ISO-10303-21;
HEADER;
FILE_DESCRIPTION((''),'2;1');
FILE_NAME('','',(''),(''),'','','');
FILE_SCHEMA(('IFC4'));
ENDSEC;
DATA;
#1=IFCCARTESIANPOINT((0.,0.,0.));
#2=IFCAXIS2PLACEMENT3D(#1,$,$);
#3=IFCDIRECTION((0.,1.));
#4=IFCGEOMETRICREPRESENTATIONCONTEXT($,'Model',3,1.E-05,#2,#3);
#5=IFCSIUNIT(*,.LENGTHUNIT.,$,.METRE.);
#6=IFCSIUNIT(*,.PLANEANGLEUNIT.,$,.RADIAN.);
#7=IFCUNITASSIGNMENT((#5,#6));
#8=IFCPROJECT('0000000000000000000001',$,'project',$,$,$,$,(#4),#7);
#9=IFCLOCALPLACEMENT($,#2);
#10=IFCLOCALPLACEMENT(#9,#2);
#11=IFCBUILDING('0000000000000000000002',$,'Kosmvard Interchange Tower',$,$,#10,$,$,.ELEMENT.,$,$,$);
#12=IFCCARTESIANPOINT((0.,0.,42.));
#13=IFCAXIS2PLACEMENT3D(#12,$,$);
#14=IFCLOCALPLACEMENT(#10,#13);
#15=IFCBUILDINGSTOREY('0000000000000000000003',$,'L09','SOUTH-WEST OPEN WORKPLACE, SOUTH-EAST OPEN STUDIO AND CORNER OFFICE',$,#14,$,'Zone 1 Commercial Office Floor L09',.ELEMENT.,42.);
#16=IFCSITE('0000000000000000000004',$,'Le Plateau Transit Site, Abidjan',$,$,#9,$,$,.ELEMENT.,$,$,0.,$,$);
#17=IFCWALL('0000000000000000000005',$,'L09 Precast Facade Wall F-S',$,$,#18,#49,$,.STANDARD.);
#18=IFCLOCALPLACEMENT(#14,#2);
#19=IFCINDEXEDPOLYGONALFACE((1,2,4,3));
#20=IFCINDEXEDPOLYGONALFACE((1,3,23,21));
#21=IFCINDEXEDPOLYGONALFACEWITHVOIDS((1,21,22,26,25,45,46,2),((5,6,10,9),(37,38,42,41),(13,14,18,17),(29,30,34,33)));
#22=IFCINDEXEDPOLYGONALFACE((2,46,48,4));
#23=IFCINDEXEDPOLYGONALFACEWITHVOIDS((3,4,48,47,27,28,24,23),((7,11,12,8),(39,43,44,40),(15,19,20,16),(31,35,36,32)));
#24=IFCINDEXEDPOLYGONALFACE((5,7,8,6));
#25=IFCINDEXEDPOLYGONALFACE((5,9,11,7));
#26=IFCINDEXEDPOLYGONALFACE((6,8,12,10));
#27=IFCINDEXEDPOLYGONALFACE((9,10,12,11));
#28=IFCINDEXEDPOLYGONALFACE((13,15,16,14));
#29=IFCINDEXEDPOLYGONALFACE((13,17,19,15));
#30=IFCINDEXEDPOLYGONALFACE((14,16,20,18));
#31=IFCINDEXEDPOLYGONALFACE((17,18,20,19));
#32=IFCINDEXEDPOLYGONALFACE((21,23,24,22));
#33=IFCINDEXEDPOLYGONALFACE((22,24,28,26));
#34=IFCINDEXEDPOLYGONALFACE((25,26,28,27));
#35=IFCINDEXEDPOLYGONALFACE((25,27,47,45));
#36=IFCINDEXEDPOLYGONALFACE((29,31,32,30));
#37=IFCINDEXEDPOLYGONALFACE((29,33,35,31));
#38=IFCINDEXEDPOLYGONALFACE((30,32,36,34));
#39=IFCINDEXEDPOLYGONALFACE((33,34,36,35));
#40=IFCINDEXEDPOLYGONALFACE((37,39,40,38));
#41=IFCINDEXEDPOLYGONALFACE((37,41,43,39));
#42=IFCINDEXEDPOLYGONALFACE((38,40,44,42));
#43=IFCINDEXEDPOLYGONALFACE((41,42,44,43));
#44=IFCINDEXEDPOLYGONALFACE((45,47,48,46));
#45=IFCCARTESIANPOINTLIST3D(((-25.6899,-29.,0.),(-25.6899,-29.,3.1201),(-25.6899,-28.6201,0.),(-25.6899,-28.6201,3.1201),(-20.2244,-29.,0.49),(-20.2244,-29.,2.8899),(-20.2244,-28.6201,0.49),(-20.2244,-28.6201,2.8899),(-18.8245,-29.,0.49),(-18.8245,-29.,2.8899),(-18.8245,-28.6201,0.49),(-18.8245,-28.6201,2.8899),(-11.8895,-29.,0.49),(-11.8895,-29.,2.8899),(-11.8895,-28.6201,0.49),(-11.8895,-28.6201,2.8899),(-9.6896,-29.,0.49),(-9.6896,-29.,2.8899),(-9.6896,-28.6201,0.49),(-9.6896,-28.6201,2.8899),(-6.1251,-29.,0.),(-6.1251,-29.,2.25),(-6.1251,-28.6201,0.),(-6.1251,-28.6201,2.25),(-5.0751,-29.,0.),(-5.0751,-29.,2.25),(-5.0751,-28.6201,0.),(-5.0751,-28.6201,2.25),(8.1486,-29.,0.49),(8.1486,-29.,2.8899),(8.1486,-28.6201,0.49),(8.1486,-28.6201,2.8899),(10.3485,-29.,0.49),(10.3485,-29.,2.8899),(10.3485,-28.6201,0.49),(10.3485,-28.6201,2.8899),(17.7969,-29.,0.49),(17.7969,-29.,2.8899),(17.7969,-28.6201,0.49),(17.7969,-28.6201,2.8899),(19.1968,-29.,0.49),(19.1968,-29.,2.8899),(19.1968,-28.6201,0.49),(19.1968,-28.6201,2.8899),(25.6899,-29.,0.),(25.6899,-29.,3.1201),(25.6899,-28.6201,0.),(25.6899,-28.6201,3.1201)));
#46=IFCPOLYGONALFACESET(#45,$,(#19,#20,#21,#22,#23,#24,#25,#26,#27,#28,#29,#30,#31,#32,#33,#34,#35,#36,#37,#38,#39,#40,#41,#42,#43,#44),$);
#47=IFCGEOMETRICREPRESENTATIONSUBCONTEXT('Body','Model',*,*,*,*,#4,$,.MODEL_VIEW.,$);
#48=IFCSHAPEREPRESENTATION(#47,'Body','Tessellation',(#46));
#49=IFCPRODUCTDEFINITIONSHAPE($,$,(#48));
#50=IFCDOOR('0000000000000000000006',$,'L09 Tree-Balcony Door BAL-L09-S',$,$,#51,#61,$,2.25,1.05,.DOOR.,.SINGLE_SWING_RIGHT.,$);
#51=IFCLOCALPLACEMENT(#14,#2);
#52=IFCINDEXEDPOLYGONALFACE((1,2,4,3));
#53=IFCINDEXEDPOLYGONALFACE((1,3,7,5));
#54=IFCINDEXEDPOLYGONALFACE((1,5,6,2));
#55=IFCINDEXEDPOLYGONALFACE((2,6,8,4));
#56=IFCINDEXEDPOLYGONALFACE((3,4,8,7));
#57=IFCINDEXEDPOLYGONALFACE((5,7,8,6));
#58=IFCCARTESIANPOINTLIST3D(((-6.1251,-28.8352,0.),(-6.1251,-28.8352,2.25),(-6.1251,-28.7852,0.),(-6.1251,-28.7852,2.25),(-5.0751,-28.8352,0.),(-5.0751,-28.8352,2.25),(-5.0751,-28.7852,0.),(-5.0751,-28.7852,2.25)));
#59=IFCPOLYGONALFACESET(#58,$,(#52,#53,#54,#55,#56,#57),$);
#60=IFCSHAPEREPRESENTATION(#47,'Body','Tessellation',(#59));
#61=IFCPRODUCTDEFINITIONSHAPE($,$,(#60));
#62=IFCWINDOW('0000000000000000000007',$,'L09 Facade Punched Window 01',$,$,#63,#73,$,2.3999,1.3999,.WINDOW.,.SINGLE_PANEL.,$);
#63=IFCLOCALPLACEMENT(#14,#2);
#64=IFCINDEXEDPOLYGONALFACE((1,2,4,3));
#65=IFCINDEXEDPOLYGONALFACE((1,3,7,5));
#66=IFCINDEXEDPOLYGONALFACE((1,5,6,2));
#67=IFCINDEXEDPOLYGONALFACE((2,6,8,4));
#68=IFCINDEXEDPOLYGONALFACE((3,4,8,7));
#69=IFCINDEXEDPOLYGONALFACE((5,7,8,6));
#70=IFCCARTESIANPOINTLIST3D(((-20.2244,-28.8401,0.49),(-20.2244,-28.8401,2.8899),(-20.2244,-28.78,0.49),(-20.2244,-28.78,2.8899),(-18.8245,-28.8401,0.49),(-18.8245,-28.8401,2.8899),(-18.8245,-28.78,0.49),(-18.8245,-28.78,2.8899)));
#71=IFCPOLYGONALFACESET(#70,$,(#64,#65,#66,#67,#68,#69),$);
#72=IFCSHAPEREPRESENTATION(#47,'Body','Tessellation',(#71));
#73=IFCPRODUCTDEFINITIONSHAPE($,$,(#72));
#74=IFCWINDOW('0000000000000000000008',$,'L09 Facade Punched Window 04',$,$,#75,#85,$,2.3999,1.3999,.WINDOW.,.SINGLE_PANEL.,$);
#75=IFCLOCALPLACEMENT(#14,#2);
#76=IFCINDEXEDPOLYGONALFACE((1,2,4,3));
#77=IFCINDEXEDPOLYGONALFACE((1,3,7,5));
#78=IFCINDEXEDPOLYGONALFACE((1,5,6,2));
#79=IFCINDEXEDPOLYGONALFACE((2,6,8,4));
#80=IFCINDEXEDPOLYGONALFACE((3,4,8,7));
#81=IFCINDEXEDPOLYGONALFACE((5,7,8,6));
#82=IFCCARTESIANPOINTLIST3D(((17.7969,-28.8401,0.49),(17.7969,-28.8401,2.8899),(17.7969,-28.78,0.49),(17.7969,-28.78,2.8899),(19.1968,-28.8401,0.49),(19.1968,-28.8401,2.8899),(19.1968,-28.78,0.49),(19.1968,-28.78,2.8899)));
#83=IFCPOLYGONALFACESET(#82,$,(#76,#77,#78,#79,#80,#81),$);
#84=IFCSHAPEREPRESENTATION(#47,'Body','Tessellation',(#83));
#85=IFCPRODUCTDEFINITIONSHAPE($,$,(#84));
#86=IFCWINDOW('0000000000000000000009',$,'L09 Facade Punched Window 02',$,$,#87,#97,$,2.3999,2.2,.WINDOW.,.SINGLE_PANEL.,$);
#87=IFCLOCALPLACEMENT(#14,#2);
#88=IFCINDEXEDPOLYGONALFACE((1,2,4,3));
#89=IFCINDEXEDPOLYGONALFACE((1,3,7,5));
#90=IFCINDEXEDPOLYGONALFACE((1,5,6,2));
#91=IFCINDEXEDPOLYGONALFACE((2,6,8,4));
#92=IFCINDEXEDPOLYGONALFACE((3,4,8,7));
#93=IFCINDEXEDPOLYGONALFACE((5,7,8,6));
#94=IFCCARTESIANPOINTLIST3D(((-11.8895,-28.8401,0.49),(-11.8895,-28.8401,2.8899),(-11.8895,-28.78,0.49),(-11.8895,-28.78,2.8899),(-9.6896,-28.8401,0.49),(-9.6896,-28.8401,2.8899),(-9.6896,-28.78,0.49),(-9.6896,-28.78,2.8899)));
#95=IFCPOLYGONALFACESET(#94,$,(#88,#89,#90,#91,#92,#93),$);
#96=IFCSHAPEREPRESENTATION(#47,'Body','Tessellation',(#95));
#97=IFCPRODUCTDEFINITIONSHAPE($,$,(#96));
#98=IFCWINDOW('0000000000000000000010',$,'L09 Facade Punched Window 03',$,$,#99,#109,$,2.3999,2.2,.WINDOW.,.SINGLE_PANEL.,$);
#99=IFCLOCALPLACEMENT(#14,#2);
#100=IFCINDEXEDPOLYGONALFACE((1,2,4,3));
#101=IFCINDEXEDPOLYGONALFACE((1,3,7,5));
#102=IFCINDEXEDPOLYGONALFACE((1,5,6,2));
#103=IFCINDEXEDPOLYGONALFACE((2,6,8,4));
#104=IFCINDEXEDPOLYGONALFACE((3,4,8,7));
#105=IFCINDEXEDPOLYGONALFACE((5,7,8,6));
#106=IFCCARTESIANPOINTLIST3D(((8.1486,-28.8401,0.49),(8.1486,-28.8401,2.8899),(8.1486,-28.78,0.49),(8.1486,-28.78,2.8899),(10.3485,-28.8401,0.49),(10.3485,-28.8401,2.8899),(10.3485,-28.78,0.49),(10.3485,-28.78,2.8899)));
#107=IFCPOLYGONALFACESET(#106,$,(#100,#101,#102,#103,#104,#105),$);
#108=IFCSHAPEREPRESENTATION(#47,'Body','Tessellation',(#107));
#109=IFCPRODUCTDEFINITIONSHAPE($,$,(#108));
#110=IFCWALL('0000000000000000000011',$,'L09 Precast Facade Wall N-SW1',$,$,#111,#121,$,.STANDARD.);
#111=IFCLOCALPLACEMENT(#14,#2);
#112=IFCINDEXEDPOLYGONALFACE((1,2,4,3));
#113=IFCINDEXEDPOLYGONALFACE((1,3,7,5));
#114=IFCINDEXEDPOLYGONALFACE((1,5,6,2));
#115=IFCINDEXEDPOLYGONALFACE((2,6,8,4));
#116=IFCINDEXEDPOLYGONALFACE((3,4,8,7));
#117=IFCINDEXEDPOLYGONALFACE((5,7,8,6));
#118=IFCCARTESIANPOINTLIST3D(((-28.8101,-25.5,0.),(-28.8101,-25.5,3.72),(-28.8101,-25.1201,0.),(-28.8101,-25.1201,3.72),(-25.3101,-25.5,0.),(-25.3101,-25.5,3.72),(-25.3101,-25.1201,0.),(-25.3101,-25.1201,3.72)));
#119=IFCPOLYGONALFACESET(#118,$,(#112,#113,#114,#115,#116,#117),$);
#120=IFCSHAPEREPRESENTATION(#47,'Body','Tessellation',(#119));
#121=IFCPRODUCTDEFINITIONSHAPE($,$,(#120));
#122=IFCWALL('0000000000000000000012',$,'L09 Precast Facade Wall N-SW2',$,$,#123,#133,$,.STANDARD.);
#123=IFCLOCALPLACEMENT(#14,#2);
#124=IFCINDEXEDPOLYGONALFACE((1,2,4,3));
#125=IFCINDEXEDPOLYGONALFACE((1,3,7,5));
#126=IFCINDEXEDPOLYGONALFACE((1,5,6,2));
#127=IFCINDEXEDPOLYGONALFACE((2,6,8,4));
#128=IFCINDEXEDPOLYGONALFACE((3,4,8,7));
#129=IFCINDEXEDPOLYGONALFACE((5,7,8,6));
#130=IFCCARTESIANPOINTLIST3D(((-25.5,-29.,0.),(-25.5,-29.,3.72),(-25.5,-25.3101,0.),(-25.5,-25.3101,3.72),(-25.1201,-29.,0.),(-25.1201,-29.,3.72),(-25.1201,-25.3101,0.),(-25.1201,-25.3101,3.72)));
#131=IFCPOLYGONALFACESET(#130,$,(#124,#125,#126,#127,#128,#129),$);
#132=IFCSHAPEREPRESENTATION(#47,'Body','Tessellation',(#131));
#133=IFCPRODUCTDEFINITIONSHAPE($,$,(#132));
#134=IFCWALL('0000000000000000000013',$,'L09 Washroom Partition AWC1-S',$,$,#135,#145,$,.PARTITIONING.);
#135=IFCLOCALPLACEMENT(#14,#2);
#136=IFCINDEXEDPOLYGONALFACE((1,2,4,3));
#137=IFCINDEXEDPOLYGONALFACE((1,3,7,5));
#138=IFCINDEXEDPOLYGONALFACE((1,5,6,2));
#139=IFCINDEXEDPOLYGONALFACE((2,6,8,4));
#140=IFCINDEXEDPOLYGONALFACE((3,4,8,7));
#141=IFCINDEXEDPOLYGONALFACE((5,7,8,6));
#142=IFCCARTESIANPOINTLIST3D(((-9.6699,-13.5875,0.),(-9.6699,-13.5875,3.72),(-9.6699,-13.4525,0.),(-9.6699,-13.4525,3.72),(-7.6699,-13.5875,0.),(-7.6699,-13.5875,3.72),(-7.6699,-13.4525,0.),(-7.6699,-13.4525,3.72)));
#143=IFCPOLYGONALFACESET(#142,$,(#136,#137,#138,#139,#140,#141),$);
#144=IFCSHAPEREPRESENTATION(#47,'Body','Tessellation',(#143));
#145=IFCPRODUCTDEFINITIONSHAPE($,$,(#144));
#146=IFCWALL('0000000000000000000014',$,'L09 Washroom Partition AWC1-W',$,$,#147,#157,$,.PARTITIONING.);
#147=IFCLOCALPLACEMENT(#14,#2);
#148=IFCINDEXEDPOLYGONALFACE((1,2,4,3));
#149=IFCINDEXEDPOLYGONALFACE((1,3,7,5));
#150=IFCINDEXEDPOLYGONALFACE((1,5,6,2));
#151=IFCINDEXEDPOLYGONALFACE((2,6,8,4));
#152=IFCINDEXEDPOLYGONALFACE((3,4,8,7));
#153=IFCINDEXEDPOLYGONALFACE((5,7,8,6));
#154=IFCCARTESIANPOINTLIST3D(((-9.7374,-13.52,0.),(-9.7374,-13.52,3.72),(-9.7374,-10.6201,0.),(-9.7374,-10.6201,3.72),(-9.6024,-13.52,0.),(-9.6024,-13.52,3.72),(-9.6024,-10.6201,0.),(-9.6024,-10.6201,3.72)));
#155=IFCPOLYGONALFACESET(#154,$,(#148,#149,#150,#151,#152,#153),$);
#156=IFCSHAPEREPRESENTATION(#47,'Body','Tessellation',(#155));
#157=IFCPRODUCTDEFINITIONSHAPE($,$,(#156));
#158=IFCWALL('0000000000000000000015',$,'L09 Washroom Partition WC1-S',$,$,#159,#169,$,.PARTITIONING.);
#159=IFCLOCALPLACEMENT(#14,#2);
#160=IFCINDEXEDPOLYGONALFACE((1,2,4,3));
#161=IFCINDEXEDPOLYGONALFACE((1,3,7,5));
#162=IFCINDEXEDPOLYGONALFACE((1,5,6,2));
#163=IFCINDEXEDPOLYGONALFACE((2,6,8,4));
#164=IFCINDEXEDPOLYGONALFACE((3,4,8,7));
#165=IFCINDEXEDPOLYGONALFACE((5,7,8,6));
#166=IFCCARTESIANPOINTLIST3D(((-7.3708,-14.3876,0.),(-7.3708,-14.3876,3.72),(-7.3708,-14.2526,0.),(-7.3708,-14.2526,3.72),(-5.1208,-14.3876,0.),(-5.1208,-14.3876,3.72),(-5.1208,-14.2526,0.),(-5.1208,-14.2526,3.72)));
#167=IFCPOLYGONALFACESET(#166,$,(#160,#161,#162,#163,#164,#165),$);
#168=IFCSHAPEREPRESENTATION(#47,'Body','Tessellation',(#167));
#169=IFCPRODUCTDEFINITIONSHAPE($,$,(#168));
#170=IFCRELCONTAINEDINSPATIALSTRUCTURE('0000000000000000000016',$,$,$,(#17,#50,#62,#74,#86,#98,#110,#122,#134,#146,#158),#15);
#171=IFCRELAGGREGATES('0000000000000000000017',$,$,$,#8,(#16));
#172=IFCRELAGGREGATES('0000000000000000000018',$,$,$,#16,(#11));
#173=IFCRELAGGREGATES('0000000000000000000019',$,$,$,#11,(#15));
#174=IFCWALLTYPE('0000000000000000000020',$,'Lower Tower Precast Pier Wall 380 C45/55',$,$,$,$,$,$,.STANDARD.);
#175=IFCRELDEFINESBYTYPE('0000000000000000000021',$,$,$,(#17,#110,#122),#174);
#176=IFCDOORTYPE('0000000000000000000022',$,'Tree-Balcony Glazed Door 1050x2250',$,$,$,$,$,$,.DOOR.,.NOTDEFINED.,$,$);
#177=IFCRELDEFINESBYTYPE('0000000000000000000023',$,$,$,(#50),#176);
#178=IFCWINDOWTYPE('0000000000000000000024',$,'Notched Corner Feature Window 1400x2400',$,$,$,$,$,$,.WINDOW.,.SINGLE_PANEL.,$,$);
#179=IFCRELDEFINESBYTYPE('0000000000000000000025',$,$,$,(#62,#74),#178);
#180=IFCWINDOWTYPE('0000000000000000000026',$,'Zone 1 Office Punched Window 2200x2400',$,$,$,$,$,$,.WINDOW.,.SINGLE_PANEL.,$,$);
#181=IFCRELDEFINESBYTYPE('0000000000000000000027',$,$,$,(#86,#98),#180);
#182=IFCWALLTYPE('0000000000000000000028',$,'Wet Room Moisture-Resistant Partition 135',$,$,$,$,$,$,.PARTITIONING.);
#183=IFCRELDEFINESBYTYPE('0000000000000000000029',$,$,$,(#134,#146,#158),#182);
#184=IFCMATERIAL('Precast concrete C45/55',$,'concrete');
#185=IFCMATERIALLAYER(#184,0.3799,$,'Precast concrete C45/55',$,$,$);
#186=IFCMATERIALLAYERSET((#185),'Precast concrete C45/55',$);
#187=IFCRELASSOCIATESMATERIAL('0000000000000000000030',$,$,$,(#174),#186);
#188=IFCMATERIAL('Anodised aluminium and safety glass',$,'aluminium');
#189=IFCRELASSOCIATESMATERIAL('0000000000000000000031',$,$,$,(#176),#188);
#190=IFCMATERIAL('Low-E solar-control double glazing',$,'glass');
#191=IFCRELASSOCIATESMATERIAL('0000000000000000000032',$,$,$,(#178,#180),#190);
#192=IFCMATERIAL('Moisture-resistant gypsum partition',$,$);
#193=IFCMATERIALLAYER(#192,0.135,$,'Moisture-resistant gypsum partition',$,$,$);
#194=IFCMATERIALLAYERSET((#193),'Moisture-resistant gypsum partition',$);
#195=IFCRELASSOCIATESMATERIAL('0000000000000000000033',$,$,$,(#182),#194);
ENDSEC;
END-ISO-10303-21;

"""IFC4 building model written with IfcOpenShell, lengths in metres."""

from ifc_helpers import new_model, si_unit, direction, frame, frame_2d, origin, place, context, subcontext, project, spatial, rectangle, extrude, source, transform, mapped, material, layer, layer_set, type_object, element, fill, save


model = new_model("IFC4")

# Units and contexts
model_context = context("Model", 3, precision=1e-05, world=origin(), true_north=direction((0.0, 1.0)))
body_context = subcontext(model_context, "Body", "Model", "MODEL_VIEW")
ifc_project = project(units=[si_unit("LENGTHUNIT", "METRE"), si_unit("PLANEANGLEUNIT", "RADIAN")], contexts=[model_context])

# Site, building, storey
site_placement = place(None, origin())
site = spatial("IfcSite", under=ifc_project, at=site_placement, Name="Le Plateau Transit Site, Abidjan", CompositionType="ELEMENT", RefElevation=0.0)
building_placement = place(site_placement, origin())
building = spatial("IfcBuilding", under=site, at=building_placement, Name="Kosmvard Interchange Tower", CompositionType="ELEMENT")
storey_placement = place(building_placement, frame((0.0, 0.0, 42.0)))
storey = spatial("IfcBuildingStorey", under=building, at=storey_placement, Name="L09", Description="SOUTH-WEST OPEN WORKPLACE, SOUTH-EAST OPEN STUDIO AND CORNER OFFICE", LongName="Zone 1 Commercial Office Floor L09", CompositionType="ELEMENT", Elevation=42.0)

# Shared definitions
ifc_material_1 = material(Name="Precast concrete C45/55", Category="concrete")

# Wall, openings, door, windows
ifc_layer_1 = layer(ifc_material_1, 0.3799, Name="Precast concrete C45/55")
ifc_layer_set_1 = layer_set([ifc_layer_1], Name="Precast concrete C45/55")
wall_type_1 = type_object("IfcWallType", Name="Lower Tower Precast Pier Wall 380 C45/55", PredefinedType="STANDARD", material=ifc_layer_set_1)
wall_1_placement = place(storey_placement, frame((-25.6899, -28.8101, 0.0), z_axis=(0.0, 0.0, 1.0), x_axis=(1.0, 0.0, 0.0)))
wall_1 = element("IfcWall", 1, at=wall_1_placement, inside=storey, type_object=wall_type_1, Name="L09 Precast Facade Wall F-S", PredefinedType="STANDARD", context=body_context, shape_type="SweptSolid", body=[
    extrude(rectangle(XDim=51.3799, YDim=0.3799, at=frame_2d((25.6899, 0.0))), origin(), (0.0, 0.0, 1.0), 3.1201),
])
opening_1_placement = place(wall_1_placement, frame((19.5649, 0.0, 0.0)))
opening_1 = element("IfcOpeningElement", 2, at=opening_1_placement, cuts=wall_1, PredefinedType="OPENING", context=body_context, shape_type="SweptSolid", body=[
    extrude(rectangle(XDim=1.05, YDim=2.25, at=frame_2d((0.5249, 1.125))), frame((0.0, 0.2, 0.0), z_axis=(0.0, -1.0, 0.0), x_axis=(1.0, 0.0, 0.0)), (0.0, 0.0, 1.0), 0.3999),
])
opening_2_placement = place(wall_1_placement, frame((5.4656, 0.0, 0.49)))
opening_2 = element("IfcOpeningElement", 3, at=opening_2_placement, cuts=wall_1, PredefinedType="OPENING", context=body_context, shape_type="SweptSolid", body=[
    extrude(rectangle(XDim=1.3999, YDim=2.3999, at=frame_2d((0.7, 1.2))), frame((0.0, 0.2, 0.0), z_axis=(0.0, -1.0, 0.0), x_axis=(1.0, 0.0, 0.0)), (0.0, 0.0, 1.0), 0.3999),
])
opening_3_placement = place(wall_1_placement, frame((13.8003, 0.0, 0.49)))
opening_3 = element("IfcOpeningElement", 4, at=opening_3_placement, cuts=wall_1, PredefinedType="OPENING", context=body_context, shape_type="SweptSolid", body=[
    extrude(rectangle(XDim=2.2, YDim=2.3999, at=frame_2d((1.1001, 1.2))), frame((0.0, 0.2, 0.0), z_axis=(0.0, -1.0, 0.0), x_axis=(1.0, 0.0, 0.0)), (0.0, 0.0, 1.0), 0.3999),
])
opening_4_placement = place(wall_1_placement, frame((33.8384, 0.0, 0.49)))
opening_4 = element("IfcOpeningElement", 5, at=opening_4_placement, cuts=wall_1, PredefinedType="OPENING", context=body_context, shape_type="SweptSolid", body=[
    extrude(rectangle(XDim=2.2, YDim=2.3999, at=frame_2d((1.1001, 1.2))), frame((0.0, 0.2, 0.0), z_axis=(0.0, -1.0, 0.0), x_axis=(1.0, 0.0, 0.0)), (0.0, 0.0, 1.0), 0.3999),
])
opening_5_placement = place(wall_1_placement, frame((43.4868, 0.0, 0.49)))
opening_5 = element("IfcOpeningElement", 6, at=opening_5_placement, cuts=wall_1, PredefinedType="OPENING", context=body_context, shape_type="SweptSolid", body=[
    extrude(rectangle(XDim=1.3999, YDim=2.3999, at=frame_2d((0.7, 1.2))), frame((0.0, 0.2, 0.0), z_axis=(0.0, -1.0, 0.0), x_axis=(1.0, 0.0, 0.0)), (0.0, 0.0, 1.0), 0.3999),
])
ifc_material_2 = material(Name="Anodised aluminium and safety glass", Category="aluminium")
door_type = type_object("IfcDoorType", Name="Tree-Balcony Glazed Door 1050x2250", OperationType="NOTDEFINED", PredefinedType="DOOR", material=ifc_material_2)
shared_shape_1 = source(origin(), body_context, "Body", "SweptSolid", [
    extrude(rectangle(XDim=1.05, YDim=2.25, at=frame_2d((0.5249, 1.125))), frame((0.0, 0.0249, 0.0), z_axis=(0.0, -1.0, 0.0), x_axis=(1.0, 0.0, 0.0)), (0.0, 0.0, 1.0), 0.05),
])
door_placement = place(opening_1_placement, origin())
door = element("IfcDoor", 7, at=door_placement, inside=storey, type_object=door_type, Name="L09 Tree-Balcony Door BAL-L09-S", OperationType="SINGLE_SWING_RIGHT", OverallHeight=2.25, OverallWidth=1.05, PredefinedType="DOOR", context=body_context, shape_type="MappedRepresentation", body=[
    mapped(shared_shape_1, transform((0.0, 0.0, 0.0), scale=1.0)),
])
fill(opening_1, door)
ifc_material_3 = material(Name="Low-E solar-control double glazing", Category="glass")
window_type_1 = type_object("IfcWindowType", Name="Notched Corner Feature Window 1400x2400", PartitioningType="SINGLE_PANEL", PredefinedType="WINDOW", material=ifc_material_3)
shared_shape_2 = source(origin(), body_context, "Body", "SweptSolid", [
    extrude(rectangle(XDim=1.3999, YDim=2.3999, at=frame_2d((0.7, 1.2))), frame((0.0, 0.03, 0.0), z_axis=(0.0, -1.0, 0.0), x_axis=(1.0, 0.0, 0.0)), (0.0, 0.0, 1.0), 0.0601),
])
window_1_placement = place(opening_2_placement, origin())
window_1 = element("IfcWindow", 8, at=window_1_placement, inside=storey, type_object=window_type_1, Name="L09 Facade Punched Window 01", OverallHeight=2.3999, OverallWidth=1.3999, PartitioningType="SINGLE_PANEL", PredefinedType="WINDOW", context=body_context, shape_type="MappedRepresentation", body=[
    mapped(shared_shape_2, transform((0.0, 0.0, 0.0), scale=1.0)),
])
fill(opening_2, window_1)
window_2_placement = place(opening_5_placement, origin())
window_2 = element("IfcWindow", 9, at=window_2_placement, inside=storey, type_object=window_type_1, Name="L09 Facade Punched Window 04", OverallHeight=2.3999, OverallWidth=1.3999, PartitioningType="SINGLE_PANEL", PredefinedType="WINDOW", context=body_context, shape_type="MappedRepresentation", body=[
    mapped(shared_shape_2, transform((0.0, 0.0, 0.0), scale=1.0)),
])
fill(opening_5, window_2)
window_type_2 = type_object("IfcWindowType", Name="Zone 1 Office Punched Window 2200x2400", PartitioningType="SINGLE_PANEL", PredefinedType="WINDOW", material=ifc_material_3)
shared_shape_3 = source(origin(), body_context, "Body", "SweptSolid", [
    extrude(rectangle(XDim=2.2, YDim=2.3999, at=frame_2d((1.1001, 1.2))), frame((0.0, 0.03, 0.0), z_axis=(0.0, -1.0, 0.0), x_axis=(1.0, 0.0, 0.0)), (0.0, 0.0, 1.0), 0.0601),
])
window_3_placement = place(opening_3_placement, origin())
window_3 = element("IfcWindow", 10, at=window_3_placement, inside=storey, type_object=window_type_2, Name="L09 Facade Punched Window 02", OverallHeight=2.3999, OverallWidth=2.2, PartitioningType="SINGLE_PANEL", PredefinedType="WINDOW", context=body_context, shape_type="MappedRepresentation", body=[
    mapped(shared_shape_3, transform((0.0, 0.0, 0.0), scale=1.0)),
])
fill(opening_3, window_3)
window_4_placement = place(opening_4_placement, origin())
window_4 = element("IfcWindow", 11, at=window_4_placement, inside=storey, type_object=window_type_2, Name="L09 Facade Punched Window 03", OverallHeight=2.3999, OverallWidth=2.2, PartitioningType="SINGLE_PANEL", PredefinedType="WINDOW", context=body_context, shape_type="MappedRepresentation", body=[
    mapped(shared_shape_3, transform((0.0, 0.0, 0.0), scale=1.0)),
])
fill(opening_4, window_4)

# Walls
wall_2_placement = place(storey_placement, frame((-28.8101, -25.3101, 0.0), z_axis=(0.0, 0.0, 1.0), x_axis=(1.0, 0.0, 0.0)))
element("IfcWall", 12, at=wall_2_placement, inside=storey, type_object=wall_type_1, Name="L09 Precast Facade Wall N-SW1", PredefinedType="STANDARD", context=body_context, shape_type="SweptSolid", body=[
    extrude(rectangle(XDim=3.5, YDim=0.3799, at=frame_2d((1.75, 0.0))), origin(), (0.0, 0.0, 1.0), 3.72),
])
wall_3_placement = place(storey_placement, frame((-25.3101, -25.3101, 0.0), z_axis=(0.0, 0.0, 1.0), x_axis=(0.0, -1.0, 0.0)))
element("IfcWall", 13, at=wall_3_placement, inside=storey, type_object=wall_type_1, Name="L09 Precast Facade Wall N-SW2", PredefinedType="STANDARD", context=body_context, shape_type="SweptSolid", body=[
    extrude(rectangle(XDim=3.6899, YDim=0.3799, at=frame_2d((1.845, 0.0))), origin(), (0.0, 0.0, 1.0), 3.72),
])
ifc_material_4 = material(Name="Moisture-resistant gypsum partition")
ifc_layer_2 = layer(ifc_material_4, 0.135, Name="Moisture-resistant gypsum partition")
ifc_layer_set_2 = layer_set([ifc_layer_2], Name="Moisture-resistant gypsum partition")
wall_type_2 = type_object("IfcWallType", Name="Wet Room Moisture-Resistant Partition 135", PredefinedType="PARTITIONING", material=ifc_layer_set_2)
wall_4_placement = place(storey_placement, frame((-9.6699, -13.52, 0.0), z_axis=(0.0, 0.0, 1.0), x_axis=(1.0, 0.0, 0.0)))
element("IfcWall", 14, at=wall_4_placement, inside=storey, type_object=wall_type_2, Name="L09 Washroom Partition AWC1-S", PredefinedType="PARTITIONING", context=body_context, shape_type="SweptSolid", body=[
    extrude(rectangle(XDim=2.0, YDim=0.135, at=frame_2d((1.0, 0.0))), origin(), (0.0, 0.0, 1.0), 3.72),
])
wall_5_placement = place(storey_placement, frame((-9.6699, -13.52, 0.0), z_axis=(0.0, 0.0, 1.0), x_axis=(0.0, 1.0, 0.0)))
element("IfcWall", 15, at=wall_5_placement, inside=storey, type_object=wall_type_2, Name="L09 Washroom Partition AWC1-W", PredefinedType="PARTITIONING", context=body_context, shape_type="SweptSolid", body=[
    extrude(rectangle(XDim=2.8999, YDim=0.135, at=frame_2d((1.45, 0.0))), origin(), (0.0, 0.0, 1.0), 3.72),
])
wall_6_placement = place(storey_placement, frame((-7.3708, -14.3201, 0.0), z_axis=(0.0, 0.0, 1.0), x_axis=(1.0, 0.0, 0.0)))
element("IfcWall", 16, at=wall_6_placement, inside=storey, type_object=wall_type_2, Name="L09 Washroom Partition WC1-S", PredefinedType="PARTITIONING", context=body_context, shape_type="SweptSolid", body=[
    extrude(rectangle(XDim=2.25, YDim=0.135, at=frame_2d((1.125, 0.0))), origin(), (0.0, 0.0, 1.0), 3.72),
])

save(model, "model.ifc")
